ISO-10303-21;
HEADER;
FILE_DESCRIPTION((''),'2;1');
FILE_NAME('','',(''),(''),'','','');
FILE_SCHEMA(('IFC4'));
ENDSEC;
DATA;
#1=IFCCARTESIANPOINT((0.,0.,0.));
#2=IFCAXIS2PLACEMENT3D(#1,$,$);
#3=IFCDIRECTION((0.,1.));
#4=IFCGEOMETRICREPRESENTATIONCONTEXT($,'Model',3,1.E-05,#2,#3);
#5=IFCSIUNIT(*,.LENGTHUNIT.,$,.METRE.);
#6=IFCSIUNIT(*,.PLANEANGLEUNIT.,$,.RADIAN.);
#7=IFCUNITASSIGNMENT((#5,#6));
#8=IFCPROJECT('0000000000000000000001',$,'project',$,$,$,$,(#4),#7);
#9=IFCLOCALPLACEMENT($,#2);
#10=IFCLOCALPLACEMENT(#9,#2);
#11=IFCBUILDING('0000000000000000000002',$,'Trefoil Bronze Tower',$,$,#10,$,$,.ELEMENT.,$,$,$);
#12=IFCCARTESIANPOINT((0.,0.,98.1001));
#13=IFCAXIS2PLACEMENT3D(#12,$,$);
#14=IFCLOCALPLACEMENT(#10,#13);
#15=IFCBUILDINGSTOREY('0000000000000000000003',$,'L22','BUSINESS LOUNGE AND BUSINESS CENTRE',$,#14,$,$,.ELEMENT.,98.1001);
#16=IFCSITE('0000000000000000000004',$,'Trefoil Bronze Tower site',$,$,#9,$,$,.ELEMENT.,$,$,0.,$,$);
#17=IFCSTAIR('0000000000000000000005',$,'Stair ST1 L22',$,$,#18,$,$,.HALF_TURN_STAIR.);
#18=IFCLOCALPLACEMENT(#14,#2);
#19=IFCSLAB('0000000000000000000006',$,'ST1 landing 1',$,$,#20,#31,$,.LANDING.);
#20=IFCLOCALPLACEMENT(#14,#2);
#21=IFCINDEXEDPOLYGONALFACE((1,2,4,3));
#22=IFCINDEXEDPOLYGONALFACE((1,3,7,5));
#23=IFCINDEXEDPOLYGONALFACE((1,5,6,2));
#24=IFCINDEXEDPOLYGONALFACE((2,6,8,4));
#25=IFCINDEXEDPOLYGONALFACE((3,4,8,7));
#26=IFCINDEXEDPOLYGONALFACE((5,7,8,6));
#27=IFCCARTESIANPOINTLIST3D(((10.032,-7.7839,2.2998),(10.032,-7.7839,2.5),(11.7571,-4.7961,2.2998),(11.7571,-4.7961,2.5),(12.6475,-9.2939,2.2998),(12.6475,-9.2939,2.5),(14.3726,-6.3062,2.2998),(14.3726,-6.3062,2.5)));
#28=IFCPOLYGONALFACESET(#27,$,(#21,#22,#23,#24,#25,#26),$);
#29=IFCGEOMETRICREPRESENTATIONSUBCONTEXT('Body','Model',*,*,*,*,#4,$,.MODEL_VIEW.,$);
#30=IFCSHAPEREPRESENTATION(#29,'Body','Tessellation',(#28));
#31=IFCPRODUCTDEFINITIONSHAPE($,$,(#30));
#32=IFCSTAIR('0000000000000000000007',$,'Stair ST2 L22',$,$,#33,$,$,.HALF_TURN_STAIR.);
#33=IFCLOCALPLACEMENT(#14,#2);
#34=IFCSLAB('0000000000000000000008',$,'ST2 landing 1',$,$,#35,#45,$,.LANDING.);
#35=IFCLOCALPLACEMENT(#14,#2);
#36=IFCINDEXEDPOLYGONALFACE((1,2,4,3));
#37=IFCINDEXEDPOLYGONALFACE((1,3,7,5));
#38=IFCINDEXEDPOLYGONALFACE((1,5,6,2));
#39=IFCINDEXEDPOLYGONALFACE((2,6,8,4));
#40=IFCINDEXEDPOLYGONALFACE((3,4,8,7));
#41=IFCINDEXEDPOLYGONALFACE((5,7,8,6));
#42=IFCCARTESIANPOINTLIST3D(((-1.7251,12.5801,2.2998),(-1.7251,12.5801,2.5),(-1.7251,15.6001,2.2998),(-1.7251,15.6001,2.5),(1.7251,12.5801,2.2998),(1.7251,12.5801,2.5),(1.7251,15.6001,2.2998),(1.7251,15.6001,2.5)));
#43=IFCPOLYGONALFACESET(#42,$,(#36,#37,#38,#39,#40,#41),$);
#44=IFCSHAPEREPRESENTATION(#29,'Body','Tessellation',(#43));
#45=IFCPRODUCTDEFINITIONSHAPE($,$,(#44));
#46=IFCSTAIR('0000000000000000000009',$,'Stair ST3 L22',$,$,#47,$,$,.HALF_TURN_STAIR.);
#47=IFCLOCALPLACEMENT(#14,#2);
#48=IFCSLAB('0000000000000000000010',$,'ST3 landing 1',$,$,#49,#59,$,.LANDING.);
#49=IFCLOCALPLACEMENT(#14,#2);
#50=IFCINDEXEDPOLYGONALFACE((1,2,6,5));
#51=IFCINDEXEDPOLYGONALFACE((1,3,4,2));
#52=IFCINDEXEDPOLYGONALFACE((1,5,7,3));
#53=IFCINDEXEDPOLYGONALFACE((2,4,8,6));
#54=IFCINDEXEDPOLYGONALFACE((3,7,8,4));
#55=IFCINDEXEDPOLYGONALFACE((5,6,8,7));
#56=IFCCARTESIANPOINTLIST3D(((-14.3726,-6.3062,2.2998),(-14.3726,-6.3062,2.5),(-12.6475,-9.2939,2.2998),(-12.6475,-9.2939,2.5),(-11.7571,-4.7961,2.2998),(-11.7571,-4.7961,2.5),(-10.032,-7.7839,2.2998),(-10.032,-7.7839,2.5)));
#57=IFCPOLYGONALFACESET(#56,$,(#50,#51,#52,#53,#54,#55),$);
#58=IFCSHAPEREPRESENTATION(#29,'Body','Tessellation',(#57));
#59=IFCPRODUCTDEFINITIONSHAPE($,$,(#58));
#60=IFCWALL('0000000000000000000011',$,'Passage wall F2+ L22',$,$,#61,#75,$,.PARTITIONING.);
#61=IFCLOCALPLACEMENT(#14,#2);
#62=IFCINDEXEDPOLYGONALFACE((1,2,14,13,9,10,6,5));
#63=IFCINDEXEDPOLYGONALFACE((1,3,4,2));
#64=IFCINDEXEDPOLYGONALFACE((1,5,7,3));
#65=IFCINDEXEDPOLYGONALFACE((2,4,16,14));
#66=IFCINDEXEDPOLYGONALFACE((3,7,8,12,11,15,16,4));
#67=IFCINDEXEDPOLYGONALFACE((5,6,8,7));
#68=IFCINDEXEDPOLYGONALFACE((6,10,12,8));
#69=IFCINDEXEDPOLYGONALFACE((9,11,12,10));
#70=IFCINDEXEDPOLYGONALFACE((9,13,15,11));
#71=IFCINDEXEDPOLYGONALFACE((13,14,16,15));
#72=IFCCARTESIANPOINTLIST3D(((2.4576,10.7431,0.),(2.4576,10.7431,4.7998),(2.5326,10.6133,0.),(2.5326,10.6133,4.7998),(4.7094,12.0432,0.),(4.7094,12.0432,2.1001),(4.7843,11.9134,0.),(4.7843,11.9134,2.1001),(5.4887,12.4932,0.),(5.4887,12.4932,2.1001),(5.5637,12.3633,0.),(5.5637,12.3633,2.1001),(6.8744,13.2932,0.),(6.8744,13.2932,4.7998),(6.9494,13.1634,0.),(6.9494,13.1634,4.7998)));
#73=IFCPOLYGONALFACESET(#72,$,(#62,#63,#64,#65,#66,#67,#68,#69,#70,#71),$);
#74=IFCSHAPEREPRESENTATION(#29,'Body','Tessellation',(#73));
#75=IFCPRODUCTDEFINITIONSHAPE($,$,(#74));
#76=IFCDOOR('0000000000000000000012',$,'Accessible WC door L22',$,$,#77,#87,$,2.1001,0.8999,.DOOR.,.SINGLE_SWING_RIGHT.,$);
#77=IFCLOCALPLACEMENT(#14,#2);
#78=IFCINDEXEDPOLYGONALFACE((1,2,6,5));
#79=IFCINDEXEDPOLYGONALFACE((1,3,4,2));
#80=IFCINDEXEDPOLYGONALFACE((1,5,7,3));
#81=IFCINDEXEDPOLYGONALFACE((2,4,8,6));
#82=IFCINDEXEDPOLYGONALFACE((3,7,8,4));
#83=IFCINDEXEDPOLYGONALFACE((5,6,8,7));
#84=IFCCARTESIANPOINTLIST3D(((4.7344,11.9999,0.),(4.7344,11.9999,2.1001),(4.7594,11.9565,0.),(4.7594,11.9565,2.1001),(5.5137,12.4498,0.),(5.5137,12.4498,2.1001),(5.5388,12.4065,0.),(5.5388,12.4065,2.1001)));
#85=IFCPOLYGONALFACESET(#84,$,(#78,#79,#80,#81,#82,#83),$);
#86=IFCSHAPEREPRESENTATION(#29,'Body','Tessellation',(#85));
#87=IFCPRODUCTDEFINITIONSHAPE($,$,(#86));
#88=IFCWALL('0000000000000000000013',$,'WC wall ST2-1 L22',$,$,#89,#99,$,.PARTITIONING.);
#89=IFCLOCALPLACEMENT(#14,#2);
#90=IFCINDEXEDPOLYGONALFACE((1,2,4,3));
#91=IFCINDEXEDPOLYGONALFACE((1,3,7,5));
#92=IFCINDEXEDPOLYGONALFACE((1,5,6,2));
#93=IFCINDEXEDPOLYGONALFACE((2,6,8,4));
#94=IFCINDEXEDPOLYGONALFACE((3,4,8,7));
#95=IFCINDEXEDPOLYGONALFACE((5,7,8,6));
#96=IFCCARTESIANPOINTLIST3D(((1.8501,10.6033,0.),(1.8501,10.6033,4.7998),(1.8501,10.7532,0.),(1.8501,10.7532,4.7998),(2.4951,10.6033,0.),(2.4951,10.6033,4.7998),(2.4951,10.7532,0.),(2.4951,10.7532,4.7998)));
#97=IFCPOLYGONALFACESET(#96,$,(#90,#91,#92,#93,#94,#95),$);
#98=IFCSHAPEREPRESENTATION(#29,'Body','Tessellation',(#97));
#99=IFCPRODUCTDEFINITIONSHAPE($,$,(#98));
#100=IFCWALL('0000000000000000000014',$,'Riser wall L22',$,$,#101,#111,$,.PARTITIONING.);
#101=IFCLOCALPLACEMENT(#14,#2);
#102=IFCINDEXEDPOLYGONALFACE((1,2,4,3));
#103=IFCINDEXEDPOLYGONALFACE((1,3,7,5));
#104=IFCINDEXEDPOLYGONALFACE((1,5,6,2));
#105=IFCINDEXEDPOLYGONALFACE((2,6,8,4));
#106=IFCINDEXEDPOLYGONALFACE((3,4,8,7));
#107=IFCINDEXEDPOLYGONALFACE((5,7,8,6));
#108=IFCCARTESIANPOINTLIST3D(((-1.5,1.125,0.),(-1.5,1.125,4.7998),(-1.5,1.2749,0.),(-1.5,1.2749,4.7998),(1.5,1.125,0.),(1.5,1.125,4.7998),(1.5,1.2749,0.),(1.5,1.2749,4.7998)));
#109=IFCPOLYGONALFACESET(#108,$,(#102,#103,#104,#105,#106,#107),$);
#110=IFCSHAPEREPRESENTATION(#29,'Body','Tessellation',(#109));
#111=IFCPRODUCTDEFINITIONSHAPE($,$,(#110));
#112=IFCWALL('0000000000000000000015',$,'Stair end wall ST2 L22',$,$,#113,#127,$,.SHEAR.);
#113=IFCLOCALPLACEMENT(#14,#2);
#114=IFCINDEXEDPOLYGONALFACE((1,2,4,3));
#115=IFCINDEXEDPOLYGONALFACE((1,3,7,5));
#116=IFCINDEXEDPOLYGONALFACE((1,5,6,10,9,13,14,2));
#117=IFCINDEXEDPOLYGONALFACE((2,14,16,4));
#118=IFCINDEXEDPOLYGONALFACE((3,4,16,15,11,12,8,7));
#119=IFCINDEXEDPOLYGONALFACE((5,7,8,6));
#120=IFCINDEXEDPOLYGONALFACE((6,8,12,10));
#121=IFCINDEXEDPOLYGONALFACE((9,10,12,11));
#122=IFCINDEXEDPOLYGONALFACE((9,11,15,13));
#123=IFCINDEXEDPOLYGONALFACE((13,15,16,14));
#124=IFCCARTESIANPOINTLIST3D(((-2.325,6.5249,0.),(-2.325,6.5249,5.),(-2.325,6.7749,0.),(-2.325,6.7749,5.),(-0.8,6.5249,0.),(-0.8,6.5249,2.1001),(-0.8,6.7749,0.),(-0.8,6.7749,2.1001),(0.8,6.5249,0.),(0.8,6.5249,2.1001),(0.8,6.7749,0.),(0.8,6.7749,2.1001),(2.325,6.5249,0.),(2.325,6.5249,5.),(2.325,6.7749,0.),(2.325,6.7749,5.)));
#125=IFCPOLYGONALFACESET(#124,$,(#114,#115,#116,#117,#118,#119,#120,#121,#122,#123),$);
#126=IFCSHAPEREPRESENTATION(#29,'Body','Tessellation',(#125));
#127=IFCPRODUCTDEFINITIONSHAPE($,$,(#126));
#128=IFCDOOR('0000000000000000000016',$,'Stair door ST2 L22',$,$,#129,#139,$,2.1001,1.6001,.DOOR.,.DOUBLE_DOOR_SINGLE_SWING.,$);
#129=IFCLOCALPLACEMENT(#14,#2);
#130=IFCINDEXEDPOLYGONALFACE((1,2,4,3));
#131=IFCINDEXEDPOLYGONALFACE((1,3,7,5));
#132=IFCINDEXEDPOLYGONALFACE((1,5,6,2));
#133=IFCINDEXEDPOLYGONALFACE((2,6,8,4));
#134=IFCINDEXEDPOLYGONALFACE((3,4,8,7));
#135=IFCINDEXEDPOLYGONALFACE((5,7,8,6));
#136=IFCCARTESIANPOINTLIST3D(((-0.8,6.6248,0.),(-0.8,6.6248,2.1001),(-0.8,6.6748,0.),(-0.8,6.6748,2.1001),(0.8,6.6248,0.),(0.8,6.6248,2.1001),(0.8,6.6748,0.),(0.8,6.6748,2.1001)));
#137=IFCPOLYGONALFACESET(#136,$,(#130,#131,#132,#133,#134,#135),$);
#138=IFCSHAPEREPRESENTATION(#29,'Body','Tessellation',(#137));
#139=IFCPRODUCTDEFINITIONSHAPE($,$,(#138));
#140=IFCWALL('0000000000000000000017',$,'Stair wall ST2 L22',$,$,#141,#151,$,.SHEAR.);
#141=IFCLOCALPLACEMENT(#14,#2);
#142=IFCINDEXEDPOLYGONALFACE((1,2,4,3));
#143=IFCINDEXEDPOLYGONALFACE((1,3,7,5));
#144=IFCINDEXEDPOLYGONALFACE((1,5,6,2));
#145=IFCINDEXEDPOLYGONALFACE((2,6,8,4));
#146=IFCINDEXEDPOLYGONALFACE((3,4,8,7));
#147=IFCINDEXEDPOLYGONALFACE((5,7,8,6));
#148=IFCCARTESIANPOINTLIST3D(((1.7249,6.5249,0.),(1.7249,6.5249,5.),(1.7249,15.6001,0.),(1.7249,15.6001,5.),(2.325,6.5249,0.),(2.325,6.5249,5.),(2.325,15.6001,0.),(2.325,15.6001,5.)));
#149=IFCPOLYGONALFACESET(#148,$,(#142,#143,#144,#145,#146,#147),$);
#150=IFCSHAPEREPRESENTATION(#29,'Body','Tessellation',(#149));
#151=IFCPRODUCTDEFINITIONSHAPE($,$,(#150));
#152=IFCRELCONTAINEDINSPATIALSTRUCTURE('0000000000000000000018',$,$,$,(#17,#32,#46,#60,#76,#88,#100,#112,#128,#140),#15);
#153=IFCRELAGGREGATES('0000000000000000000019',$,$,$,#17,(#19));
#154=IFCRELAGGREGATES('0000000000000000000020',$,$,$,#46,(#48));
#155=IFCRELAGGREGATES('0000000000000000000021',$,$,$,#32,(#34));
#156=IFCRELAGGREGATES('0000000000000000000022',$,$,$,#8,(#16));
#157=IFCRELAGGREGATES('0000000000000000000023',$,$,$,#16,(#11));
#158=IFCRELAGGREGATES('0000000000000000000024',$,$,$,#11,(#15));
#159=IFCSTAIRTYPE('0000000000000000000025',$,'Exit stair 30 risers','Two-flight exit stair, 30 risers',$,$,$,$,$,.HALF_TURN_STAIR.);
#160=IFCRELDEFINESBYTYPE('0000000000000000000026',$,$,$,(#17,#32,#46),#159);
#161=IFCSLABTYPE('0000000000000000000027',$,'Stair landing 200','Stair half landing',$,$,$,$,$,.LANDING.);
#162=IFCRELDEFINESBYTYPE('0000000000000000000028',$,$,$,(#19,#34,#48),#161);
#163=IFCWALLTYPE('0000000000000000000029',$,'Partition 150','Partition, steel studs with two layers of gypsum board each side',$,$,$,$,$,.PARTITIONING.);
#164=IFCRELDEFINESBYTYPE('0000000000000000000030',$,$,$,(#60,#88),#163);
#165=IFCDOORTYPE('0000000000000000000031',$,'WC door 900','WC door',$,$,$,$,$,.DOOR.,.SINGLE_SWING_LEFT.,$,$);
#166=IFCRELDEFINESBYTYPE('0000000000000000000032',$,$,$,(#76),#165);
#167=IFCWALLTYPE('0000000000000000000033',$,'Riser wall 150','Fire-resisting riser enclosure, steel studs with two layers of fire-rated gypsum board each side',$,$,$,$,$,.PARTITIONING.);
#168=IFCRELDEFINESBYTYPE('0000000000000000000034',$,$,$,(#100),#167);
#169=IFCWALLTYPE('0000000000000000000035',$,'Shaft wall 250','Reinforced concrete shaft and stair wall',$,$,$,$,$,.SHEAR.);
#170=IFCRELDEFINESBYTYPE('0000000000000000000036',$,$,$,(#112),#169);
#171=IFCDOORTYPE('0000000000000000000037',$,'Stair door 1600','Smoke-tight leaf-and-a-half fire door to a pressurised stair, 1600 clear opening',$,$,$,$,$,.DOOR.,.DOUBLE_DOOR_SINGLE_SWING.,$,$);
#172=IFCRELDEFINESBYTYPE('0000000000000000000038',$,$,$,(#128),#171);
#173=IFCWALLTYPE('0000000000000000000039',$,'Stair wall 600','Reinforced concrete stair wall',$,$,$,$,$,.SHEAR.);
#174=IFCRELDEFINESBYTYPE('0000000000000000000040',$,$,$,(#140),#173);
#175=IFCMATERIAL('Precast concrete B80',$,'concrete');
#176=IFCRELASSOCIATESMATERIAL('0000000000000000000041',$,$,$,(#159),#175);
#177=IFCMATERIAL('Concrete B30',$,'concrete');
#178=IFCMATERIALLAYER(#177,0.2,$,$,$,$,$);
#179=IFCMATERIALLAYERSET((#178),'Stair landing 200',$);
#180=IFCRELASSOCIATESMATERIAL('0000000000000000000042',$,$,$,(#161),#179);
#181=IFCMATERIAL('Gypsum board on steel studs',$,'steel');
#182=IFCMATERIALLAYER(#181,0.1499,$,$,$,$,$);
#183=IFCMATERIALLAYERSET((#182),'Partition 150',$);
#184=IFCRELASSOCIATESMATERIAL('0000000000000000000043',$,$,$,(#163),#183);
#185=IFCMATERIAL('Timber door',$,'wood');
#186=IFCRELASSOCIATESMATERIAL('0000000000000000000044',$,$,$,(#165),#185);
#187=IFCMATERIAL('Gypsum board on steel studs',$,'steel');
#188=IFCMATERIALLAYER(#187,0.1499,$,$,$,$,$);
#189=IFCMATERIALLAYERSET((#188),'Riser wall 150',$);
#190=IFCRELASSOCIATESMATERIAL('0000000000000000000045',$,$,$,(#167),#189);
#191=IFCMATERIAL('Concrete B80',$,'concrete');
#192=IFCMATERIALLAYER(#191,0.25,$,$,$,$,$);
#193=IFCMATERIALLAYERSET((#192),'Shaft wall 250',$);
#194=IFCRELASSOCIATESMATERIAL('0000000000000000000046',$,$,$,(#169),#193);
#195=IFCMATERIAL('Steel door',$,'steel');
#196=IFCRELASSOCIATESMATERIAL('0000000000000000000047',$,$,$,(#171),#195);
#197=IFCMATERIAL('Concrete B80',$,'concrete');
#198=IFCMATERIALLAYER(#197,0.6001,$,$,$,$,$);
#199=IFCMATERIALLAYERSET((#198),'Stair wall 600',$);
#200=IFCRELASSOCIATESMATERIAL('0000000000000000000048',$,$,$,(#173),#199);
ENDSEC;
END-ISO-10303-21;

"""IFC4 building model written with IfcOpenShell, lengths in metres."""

from ifc_helpers import new_model, si_unit, direction, frame, frame_2d, origin, place, context, subcontext, project, spatial, polyline, rectangle, outline, extrude, material, layer, layer_set, type_object, element, fill, aggregate, save


model = new_model("IFC4")

# Units and contexts
model_context = context("Model", 3, precision=1e-05, world=origin(), true_north=direction((0.0, 1.0)))
body_context = subcontext(model_context, "Body", "Model", "MODEL_VIEW")
ifc_project = project(units=[si_unit("LENGTHUNIT", "METRE"), si_unit("PLANEANGLEUNIT", "RADIAN")], contexts=[model_context])

# Site, building, storey
site_placement = place(None, origin())
site = spatial("IfcSite", under=ifc_project, at=site_placement, Name="Trefoil Bronze Tower site", CompositionType="ELEMENT", RefElevation=0.0)
building_placement = place(site_placement, origin())
building = spatial("IfcBuilding", under=site, at=building_placement, Name="Trefoil Bronze Tower", CompositionType="ELEMENT")
storey_placement = place(building_placement, frame((0.0, 0.0, 98.1001)))
storey = spatial("IfcBuildingStorey", under=building, at=storey_placement, Name="L22", Description="BUSINESS LOUNGE AND BUSINESS CENTRE", CompositionType="ELEMENT", Elevation=98.1001)

# Stairs, slabs
ifc_material_1 = material(Name="Precast concrete B80", Category="concrete")
stair_type = type_object("IfcStairType", Name="Exit stair 30 risers", Description="Two-flight exit stair, 30 risers", PredefinedType="HALF_TURN_STAIR", material=ifc_material_1)
stair_1_placement = place(storey_placement, origin())
stair_1 = element("IfcStair", 1, at=stair_1_placement, inside=storey, type_object=stair_type, Name="Stair ST1 L22", PredefinedType="HALF_TURN_STAIR")
ifc_material_2 = material(Name="Concrete B30", Category="concrete")
ifc_layer_1 = layer(ifc_material_2, 0.2)
ifc_layer_set_1 = layer_set([ifc_layer_1], Name="Stair landing 200")
slab_type = type_object("IfcSlabType", Name="Stair landing 200", Description="Stair half landing", PredefinedType="LANDING", material=ifc_layer_set_1)
slab_1_placement = place(storey_placement, frame((0.0, 0.0, 2.2998)))
slab_1 = element("IfcSlab", 2, at=slab_1_placement, type_object=slab_type, Name="ST1 landing 1", PredefinedType="LANDING", context=body_context, shape_type="SweptSolid", body=[
    extrude(outline(polyline([(10.032, -7.7839), (12.6475, -9.2939), (14.3726, -6.3062), (11.7571, -4.7961), (10.032, -7.7839)])), origin(), (0.0, 0.0, 1.0), 0.2002),
])
aggregate(stair_1, [slab_1])
stair_2_placement = place(storey_placement, origin())
stair_2 = element("IfcStair", 3, at=stair_2_placement, inside=storey, type_object=stair_type, Name="Stair ST2 L22", PredefinedType="HALF_TURN_STAIR")
slab_2_placement = place(storey_placement, frame((0.0, 0.0, 2.2998)))
slab_2 = element("IfcSlab", 4, at=slab_2_placement, type_object=slab_type, Name="ST2 landing 1", PredefinedType="LANDING", context=body_context, shape_type="SweptSolid", body=[
    extrude(outline(polyline([(1.7251, 12.5801), (1.7251, 15.6001), (-1.7251, 15.6001), (-1.7251, 12.5801), (1.7251, 12.5801)])), origin(), (0.0, 0.0, 1.0), 0.2002),
])
stair_3_placement = place(storey_placement, origin())
stair_3 = element("IfcStair", 5, at=stair_3_placement, inside=storey, type_object=stair_type, Name="Stair ST3 L22", PredefinedType="HALF_TURN_STAIR")
slab_3_placement = place(storey_placement, frame((0.0, 0.0, 2.2998)))
slab_3 = element("IfcSlab", 6, at=slab_3_placement, type_object=slab_type, Name="ST3 landing 1", PredefinedType="LANDING", context=body_context, shape_type="SweptSolid", body=[
    extrude(outline(polyline([(-11.7571, -4.7961), (-14.3726, -6.3062), (-12.6475, -9.2939), (-10.032, -7.7839), (-11.7571, -4.7961)])), origin(), (0.0, 0.0, 1.0), 0.2002),
])
aggregate(stair_3, [slab_3])

# Wall, opening, door
ifc_material_3 = material(Name="Gypsum board on steel studs", Category="steel")
ifc_layer_2 = layer(ifc_material_3, 0.1499)
ifc_layer_set_2 = layer_set([ifc_layer_2], Name="Partition 150")
wall_type_1 = type_object("IfcWallType", Name="Partition 150", Description="Partition, steel studs with two layers of gypsum board each side", PredefinedType="PARTITIONING", material=ifc_layer_set_2)
wall_1_placement = place(storey_placement, frame((2.4951, 10.6782, 0.0), z_axis=(0.0, 0.0, 1.0), x_axis=(0.866022, 0.500006, 0.0)))
wall_1 = element("IfcWall", 7, at=wall_1_placement, inside=storey, type_object=wall_type_1, Name="Passage wall F2+ L22", PredefinedType="PARTITIONING", context=body_context, shape_type="SweptSolid", body=[
    extrude(rectangle(XDim=5.1001, YDim=0.1499, at=frame_2d((2.55, 0.0))), origin(), (0.0, 0.0, 1.0), 4.7998),
])
opening_1_placement = place(wall_1_placement, frame((2.6001, 0.0, 0.0)))
opening_1 = element("IfcOpeningElement", 8, at=opening_1_placement, cuts=wall_1, PredefinedType="OPENING", context=body_context, shape_type="SweptSolid", body=[
    extrude(rectangle(XDim=0.8999, YDim=2.1001, at=frame_2d((0.45, 1.05))), frame((0.0, 0.085, 0.0), z_axis=(0.0, -1.0, 0.0), x_axis=(1.0, 0.0, 0.0)), (0.0, 0.0, 1.0), 0.1699),
])
ifc_material_4 = material(Name="Timber door", Category="wood")
door_type_1 = type_object("IfcDoorType", Name="WC door 900", Description="WC door", OperationType="SINGLE_SWING_LEFT", PredefinedType="DOOR", material=ifc_material_4)
door_1_placement = place(opening_1_placement, origin())
door_1 = element("IfcDoor", 9, at=door_1_placement, inside=storey, type_object=door_type_1, Name="Accessible WC door L22", OperationType="SINGLE_SWING_RIGHT", OverallHeight=2.1001, OverallWidth=0.8999, PredefinedType="DOOR", context=body_context, shape_type="SweptSolid", body=[
    extrude(rectangle(XDim=0.8999, YDim=2.1001, at=frame_2d((0.45, 1.05))), frame((0.0, 0.0249, 0.0), z_axis=(0.0, -1.0, 0.0), x_axis=(1.0, 0.0, 0.0)), (0.0, 0.0, 1.0), 0.05),
])
fill(opening_1, door_1)

# Walls
wall_2_placement = place(storey_placement, frame((2.4951, 10.6782, 0.0), z_axis=(0.0, 0.0, 1.0), x_axis=(-1.0, 0.0, 0.0)))
element("IfcWall", 10, at=wall_2_placement, inside=storey, type_object=wall_type_1, Name="WC wall ST2-1 L22", PredefinedType="PARTITIONING", context=body_context, shape_type="SweptSolid", body=[
    extrude(rectangle(XDim=0.645, YDim=0.1499, at=frame_2d((0.3225, 0.0))), origin(), (0.0, 0.0, 1.0), 4.7998),
])
ifc_material_5 = material(Name="Gypsum board on steel studs", Category="steel")
ifc_layer_3 = layer(ifc_material_5, 0.1499)
ifc_layer_set_3 = layer_set([ifc_layer_3], Name="Riser wall 150")
wall_type_2 = type_object("IfcWallType", Name="Riser wall 150", Description="Fire-resisting riser enclosure, steel studs with two layers of fire-rated gypsum board each side", PredefinedType="PARTITIONING", material=ifc_layer_set_3)
wall_3_placement = place(storey_placement, frame((1.5, 1.2, 0.0), z_axis=(0.0, 0.0, 1.0), x_axis=(-1.0, 0.0, 0.0)))
element("IfcWall", 11, at=wall_3_placement, inside=storey, type_object=wall_type_2, Name="Riser wall L22", PredefinedType="PARTITIONING", context=body_context, shape_type="SweptSolid", body=[
    extrude(rectangle(XDim=3.0, YDim=0.1499, at=frame_2d((1.5, 0.0))), origin(), (0.0, 0.0, 1.0), 4.7998),
])

# Wall, opening, door
ifc_material_6 = material(Name="Concrete B80", Category="concrete")
ifc_layer_4 = layer(ifc_material_6, 0.25)
ifc_layer_set_4 = layer_set([ifc_layer_4], Name="Shaft wall 250")
wall_type_3 = type_object("IfcWallType", Name="Shaft wall 250", Description="Reinforced concrete shaft and stair wall", PredefinedType="SHEAR", material=ifc_layer_set_4)
wall_4_placement = place(storey_placement, frame((2.325, 6.6499, 0.0), z_axis=(0.0, 0.0, 1.0), x_axis=(-1.0, 0.0, 0.0)))
wall_4 = element("IfcWall", 12, at=wall_4_placement, inside=storey, type_object=wall_type_3, Name="Stair end wall ST2 L22", PredefinedType="SHEAR", context=body_context, shape_type="SweptSolid", body=[
    extrude(rectangle(XDim=4.6499, YDim=0.25, at=frame_2d((2.325, 0.0))), origin(), (0.0, 0.0, 1.0), 5.0),
])
opening_2_placement = place(wall_4_placement, frame((1.5249, 0.0, 0.0)))
opening_2 = element("IfcOpeningElement", 13, at=opening_2_placement, cuts=wall_4, PredefinedType="OPENING", context=body_context, shape_type="SweptSolid", body=[
    extrude(rectangle(XDim=1.6001, YDim=2.1001, at=frame_2d((0.8, 1.05))), frame((0.0, 0.135, 0.0), z_axis=(0.0, -1.0, 0.0), x_axis=(1.0, 0.0, 0.0)), (0.0, 0.0, 1.0), 0.27),
])
ifc_material_7 = material(Name="Steel door", Category="steel")
door_type_2 = type_object("IfcDoorType", Name="Stair door 1600", Description="Smoke-tight leaf-and-a-half fire door to a pressurised stair, 1600 clear opening", OperationType="DOUBLE_DOOR_SINGLE_SWING", PredefinedType="DOOR", material=ifc_material_7)
door_2_placement = place(opening_2_placement, frame((1.6001, 0.0, 0.0), z_axis=(0.0, 0.0, 1.0), x_axis=(-1.0, 0.0, 0.0)))
door_2 = element("IfcDoor", 14, at=door_2_placement, inside=storey, type_object=door_type_2, Name="Stair door ST2 L22", OperationType="DOUBLE_DOOR_SINGLE_SWING", OverallHeight=2.1001, OverallWidth=1.6001, PredefinedType="DOOR", context=body_context, shape_type="SweptSolid", body=[
    extrude(rectangle(XDim=1.6001, YDim=2.1001, at=frame_2d((0.8, 1.05))), frame((0.0, 0.0249, 0.0), z_axis=(0.0, -1.0, 0.0), x_axis=(1.0, 0.0, 0.0)), (0.0, 0.0, 1.0), 0.05),
])
fill(opening_2, door_2)

# Wall
ifc_material_8 = material(Name="Concrete B80", Category="concrete")
ifc_layer_5 = layer(ifc_material_8, 0.6001)
ifc_layer_set_5 = layer_set([ifc_layer_5], Name="Stair wall 600")
wall_type_4 = type_object("IfcWallType", Name="Stair wall 600", Description="Reinforced concrete stair wall", PredefinedType="SHEAR", material=ifc_layer_set_5)
wall_5_placement = place(storey_placement, frame((2.0249, 6.5249, 0.0), z_axis=(0.0, 0.0, 1.0), x_axis=(0.0, 1.0, 0.0)))
element("IfcWall", 15, at=wall_5_placement, inside=storey, type_object=wall_type_4, Name="Stair wall ST2 L22", PredefinedType="SHEAR", context=body_context, shape_type="SweptSolid", body=[
    extrude(rectangle(XDim=9.0752, YDim=0.6001, at=frame_2d((4.5376, 0.0))), origin(), (0.0, 0.0, 1.0), 5.0),
])

aggregate(stair_2, [slab_2])

save(model, "model.ifc")
